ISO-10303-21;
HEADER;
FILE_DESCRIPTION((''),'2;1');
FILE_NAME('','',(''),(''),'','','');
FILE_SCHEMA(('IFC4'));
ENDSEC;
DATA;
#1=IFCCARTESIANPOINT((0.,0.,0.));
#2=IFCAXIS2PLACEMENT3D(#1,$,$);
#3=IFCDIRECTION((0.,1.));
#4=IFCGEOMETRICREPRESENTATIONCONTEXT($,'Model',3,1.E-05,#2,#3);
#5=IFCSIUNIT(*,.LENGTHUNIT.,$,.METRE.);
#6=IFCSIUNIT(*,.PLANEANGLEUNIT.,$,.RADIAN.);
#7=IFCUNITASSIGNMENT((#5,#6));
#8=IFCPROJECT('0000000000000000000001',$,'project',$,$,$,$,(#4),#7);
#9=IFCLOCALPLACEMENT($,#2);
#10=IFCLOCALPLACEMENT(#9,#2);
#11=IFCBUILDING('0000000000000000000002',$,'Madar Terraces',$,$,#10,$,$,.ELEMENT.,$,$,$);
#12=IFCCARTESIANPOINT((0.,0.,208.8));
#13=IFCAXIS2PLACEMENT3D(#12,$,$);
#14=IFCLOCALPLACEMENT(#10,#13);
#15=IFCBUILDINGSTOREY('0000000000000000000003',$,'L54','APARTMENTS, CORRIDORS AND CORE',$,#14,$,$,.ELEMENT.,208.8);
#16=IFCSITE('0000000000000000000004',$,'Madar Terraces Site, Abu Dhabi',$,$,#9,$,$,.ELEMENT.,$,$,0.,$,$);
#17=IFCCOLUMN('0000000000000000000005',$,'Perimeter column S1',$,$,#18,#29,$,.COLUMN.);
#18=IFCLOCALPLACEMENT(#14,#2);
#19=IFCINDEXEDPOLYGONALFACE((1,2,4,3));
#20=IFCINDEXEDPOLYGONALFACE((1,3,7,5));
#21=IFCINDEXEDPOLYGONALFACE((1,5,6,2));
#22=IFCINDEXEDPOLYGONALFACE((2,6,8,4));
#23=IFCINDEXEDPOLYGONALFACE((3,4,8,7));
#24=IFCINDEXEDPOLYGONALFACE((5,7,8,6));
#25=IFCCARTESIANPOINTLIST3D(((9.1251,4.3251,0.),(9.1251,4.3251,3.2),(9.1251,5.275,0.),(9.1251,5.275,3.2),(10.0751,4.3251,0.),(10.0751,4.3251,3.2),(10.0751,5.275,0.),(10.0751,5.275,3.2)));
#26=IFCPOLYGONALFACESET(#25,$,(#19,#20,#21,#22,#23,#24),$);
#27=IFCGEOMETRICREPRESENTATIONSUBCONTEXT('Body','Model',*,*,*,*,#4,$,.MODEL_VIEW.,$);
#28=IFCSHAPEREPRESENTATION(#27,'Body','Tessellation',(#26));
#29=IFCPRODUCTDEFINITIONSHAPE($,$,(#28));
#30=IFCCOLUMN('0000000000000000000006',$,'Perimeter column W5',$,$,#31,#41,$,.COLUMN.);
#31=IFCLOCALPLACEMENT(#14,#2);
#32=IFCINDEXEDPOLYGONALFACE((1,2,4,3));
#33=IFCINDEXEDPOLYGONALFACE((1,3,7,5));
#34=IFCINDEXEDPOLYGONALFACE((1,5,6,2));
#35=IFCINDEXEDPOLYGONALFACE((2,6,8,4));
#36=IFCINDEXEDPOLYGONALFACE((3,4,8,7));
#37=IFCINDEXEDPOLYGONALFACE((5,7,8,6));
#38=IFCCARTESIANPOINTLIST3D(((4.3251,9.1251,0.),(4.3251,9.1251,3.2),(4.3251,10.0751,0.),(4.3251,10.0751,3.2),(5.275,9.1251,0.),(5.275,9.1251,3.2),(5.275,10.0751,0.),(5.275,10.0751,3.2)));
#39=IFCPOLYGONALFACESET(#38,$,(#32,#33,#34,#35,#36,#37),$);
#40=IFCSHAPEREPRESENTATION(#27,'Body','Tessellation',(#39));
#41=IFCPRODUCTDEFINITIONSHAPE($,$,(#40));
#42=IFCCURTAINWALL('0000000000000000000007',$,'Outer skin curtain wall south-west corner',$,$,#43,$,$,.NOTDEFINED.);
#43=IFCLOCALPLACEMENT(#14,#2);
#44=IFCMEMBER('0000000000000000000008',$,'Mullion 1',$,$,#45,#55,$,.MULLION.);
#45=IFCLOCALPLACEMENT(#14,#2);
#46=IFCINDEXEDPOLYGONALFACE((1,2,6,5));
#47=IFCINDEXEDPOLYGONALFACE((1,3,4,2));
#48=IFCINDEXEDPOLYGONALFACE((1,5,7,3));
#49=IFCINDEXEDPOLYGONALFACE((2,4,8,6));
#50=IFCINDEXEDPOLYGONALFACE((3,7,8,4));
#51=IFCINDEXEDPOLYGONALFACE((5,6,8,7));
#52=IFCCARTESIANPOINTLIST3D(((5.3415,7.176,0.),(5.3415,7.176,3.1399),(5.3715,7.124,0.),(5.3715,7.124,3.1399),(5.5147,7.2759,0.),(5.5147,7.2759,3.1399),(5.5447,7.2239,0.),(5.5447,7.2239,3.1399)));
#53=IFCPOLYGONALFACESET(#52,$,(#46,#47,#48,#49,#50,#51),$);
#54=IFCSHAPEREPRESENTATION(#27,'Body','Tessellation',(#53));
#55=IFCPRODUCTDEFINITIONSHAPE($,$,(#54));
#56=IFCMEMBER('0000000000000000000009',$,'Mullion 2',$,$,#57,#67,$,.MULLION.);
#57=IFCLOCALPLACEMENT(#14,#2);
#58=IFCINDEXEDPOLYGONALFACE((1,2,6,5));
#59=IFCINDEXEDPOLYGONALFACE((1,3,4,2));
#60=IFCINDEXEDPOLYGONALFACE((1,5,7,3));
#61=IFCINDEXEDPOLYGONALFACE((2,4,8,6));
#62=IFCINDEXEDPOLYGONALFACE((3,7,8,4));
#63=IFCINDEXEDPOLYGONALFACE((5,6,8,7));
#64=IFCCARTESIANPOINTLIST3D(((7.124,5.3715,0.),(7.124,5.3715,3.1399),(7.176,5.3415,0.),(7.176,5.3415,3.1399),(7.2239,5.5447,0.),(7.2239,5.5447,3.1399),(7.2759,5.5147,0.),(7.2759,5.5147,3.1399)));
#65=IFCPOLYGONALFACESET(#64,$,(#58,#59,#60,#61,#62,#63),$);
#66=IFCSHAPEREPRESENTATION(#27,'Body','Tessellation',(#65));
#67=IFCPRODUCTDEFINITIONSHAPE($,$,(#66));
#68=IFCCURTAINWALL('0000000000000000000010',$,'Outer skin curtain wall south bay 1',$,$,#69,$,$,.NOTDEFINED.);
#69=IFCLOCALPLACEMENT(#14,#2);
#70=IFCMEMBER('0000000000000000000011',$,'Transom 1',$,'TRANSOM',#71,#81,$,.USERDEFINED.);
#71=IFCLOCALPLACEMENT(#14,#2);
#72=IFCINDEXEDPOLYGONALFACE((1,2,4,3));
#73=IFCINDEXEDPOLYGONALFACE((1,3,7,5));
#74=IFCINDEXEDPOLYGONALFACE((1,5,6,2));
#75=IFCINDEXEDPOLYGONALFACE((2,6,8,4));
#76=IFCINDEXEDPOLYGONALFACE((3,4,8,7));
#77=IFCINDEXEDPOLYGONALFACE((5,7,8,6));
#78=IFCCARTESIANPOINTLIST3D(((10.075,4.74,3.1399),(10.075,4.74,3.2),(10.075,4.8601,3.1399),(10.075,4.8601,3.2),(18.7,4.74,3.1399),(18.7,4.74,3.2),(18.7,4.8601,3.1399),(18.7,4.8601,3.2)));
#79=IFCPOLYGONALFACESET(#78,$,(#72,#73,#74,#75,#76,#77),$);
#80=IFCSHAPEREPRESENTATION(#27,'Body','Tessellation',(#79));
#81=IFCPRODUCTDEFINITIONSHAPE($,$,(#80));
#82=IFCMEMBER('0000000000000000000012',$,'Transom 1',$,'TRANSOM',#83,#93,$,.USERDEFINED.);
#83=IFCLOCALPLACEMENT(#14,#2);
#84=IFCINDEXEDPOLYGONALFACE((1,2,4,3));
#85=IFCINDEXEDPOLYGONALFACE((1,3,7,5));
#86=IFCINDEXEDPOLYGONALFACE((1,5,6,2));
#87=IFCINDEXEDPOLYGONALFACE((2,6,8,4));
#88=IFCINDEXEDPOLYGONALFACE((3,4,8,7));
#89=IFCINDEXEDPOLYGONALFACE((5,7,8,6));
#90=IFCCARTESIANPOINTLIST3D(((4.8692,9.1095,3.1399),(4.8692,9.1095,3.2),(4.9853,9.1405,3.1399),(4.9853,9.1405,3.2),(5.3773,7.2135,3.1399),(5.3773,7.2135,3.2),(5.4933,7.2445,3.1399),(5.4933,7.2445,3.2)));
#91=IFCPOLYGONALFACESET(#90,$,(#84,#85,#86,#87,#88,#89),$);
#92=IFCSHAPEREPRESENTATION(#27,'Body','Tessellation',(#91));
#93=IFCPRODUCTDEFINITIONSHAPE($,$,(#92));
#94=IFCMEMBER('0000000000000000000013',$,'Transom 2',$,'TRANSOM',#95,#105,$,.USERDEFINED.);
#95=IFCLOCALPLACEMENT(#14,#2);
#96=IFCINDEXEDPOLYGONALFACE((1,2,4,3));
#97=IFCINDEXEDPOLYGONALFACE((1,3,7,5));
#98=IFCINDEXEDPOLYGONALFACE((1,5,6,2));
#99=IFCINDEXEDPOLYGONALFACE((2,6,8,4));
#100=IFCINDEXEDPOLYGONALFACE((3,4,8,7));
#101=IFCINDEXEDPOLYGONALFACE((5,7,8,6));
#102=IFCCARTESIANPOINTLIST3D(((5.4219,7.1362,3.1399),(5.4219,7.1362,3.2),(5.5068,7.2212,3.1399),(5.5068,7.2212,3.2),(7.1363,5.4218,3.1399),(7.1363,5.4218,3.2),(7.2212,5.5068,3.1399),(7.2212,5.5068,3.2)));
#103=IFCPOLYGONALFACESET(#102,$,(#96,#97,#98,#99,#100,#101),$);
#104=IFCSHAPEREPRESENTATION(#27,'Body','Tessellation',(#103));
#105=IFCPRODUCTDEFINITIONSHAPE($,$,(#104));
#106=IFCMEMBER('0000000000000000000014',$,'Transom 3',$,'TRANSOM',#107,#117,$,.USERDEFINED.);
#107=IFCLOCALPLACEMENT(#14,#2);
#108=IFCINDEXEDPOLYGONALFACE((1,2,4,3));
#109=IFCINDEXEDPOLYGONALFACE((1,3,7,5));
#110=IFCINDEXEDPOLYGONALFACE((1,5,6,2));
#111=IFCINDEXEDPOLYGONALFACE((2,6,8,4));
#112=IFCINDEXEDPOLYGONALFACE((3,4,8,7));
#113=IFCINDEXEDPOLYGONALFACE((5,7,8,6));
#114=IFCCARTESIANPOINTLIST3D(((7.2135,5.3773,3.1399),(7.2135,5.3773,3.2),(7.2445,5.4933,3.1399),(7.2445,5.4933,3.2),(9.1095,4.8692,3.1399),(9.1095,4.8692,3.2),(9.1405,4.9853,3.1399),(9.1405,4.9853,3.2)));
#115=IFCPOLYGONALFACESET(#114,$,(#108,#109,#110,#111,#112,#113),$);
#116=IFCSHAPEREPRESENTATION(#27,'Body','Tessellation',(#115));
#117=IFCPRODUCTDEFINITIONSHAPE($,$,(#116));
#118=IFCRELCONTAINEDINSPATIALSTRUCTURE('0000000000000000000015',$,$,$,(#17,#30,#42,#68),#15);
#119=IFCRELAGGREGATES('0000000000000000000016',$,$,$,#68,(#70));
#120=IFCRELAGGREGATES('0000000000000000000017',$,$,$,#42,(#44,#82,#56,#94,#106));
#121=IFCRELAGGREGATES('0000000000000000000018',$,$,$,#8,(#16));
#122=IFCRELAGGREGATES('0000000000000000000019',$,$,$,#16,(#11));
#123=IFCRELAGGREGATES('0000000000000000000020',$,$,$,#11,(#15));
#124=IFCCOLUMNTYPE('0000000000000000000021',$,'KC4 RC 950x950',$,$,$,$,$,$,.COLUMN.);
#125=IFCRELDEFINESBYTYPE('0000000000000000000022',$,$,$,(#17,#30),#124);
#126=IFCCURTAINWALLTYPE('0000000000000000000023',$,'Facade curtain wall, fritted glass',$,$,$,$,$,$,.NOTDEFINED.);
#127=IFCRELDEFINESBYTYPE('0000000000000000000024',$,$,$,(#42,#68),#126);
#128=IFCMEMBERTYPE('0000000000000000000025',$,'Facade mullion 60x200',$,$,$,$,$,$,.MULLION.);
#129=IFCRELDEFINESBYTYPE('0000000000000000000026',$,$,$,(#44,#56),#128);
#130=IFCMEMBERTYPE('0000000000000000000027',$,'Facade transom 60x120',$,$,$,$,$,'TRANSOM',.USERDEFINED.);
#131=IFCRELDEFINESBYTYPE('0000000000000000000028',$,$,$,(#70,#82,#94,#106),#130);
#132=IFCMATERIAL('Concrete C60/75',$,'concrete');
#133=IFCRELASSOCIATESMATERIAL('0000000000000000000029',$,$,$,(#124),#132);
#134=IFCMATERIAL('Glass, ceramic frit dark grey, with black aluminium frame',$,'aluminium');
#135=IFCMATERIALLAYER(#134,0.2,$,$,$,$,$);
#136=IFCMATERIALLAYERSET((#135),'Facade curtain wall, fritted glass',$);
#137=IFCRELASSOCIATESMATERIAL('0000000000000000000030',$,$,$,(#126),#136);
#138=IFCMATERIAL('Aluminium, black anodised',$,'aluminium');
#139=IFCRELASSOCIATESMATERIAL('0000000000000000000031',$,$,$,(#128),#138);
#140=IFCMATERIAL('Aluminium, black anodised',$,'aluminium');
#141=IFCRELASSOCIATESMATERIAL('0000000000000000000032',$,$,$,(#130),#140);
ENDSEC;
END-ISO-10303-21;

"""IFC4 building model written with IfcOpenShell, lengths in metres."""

from ifc_helpers import new_model, si_unit, direction, frame, origin, origin_2d, place, context, subcontext, project, spatial, rectangle, extrude, material, layer, layer_set, material_profile, profile_set, type_object, element, aggregate, save


model = new_model("IFC4")

# Units and contexts
model_context = context("Model", 3, precision=1e-05, world=origin(), true_north=direction((0.0, 1.0)))
body_context = subcontext(model_context, "Body", "Model", "MODEL_VIEW")
ifc_project = project(units=[si_unit("LENGTHUNIT", "METRE"), si_unit("PLANEANGLEUNIT", "RADIAN")], contexts=[model_context])

# Site, building, storey
site_placement = place(None, origin())
site = spatial("IfcSite", under=ifc_project, at=site_placement, Name="Madar Terraces Site, Abu Dhabi", CompositionType="ELEMENT", RefElevation=0.0)
building_placement = place(site_placement, origin())
building = spatial("IfcBuilding", under=site, at=building_placement, Name="Madar Terraces", CompositionType="ELEMENT")
storey_placement = place(building_placement, frame((0.0, 0.0, 208.8)))
storey = spatial("IfcBuildingStorey", under=building, at=storey_placement, Name="L54", Description="APARTMENTS, CORRIDORS AND CORE", CompositionType="ELEMENT", Elevation=208.8)

# Columns
ifc_material_1 = material(Name="Concrete C60/75", Category="concrete")
ifc_material_profile_1 = material_profile(ifc_material_1, rectangle(XDim=0.95, YDim=0.95, at=origin_2d()), Name="KC4 RC 950x950")
ifc_profile_set_1 = profile_set([ifc_material_profile_1], Name="Concrete C60/75")
column_type = type_object("IfcColumnType", Name="KC4 RC 950x950", PredefinedType="COLUMN", material=ifc_profile_set_1)
for number, where, z_axis, x_axis, name in (
    (1, (9.6001, 4.8, 0.0), (0.0, 0.0, 1.0), (1.0, 0.0, 0.0), "Perimeter column S1"),
    (2, (4.8, 9.6001, 0.0), (0.0, 0.0, 1.0), (1.0, 0.0, 0.0), "Perimeter column W5"),
):
    element("IfcColumn", number, at=place(storey_placement, frame(where, z_axis=z_axis, x_axis=x_axis)), inside=storey, type_object=column_type, Name=name, PredefinedType="COLUMN", context=body_context, shape_type="SweptSolid", body=[
        extrude(rectangle(XDim=0.95, YDim=0.95, at=origin_2d()), origin(), (0.0, 0.0, 1.0), 3.2),
    ])

# Curtain wall, members
ifc_material_2 = material(Name="Glass, ceramic frit dark grey, with black aluminium frame", Category="aluminium")
ifc_layer_1 = layer(ifc_material_2, 0.2)
ifc_layer_set_1 = layer_set([ifc_layer_1], Name="Facade curtain wall, fritted glass")
curtain_wall_type = type_object("IfcCurtainWallType", Name="Facade curtain wall, fritted glass", PredefinedType="NOTDEFINED", material=ifc_layer_set_1)
curtain_wall_1_placement = place(storey_placement, origin())
curtain_wall_1 = element("IfcCurtainWall", 3, at=curtain_wall_1_placement, inside=storey, type_object=curtain_wall_type, Name="Outer skin curtain wall south-west corner", PredefinedType="NOTDEFINED")
ifc_material_3 = material(Name="Aluminium, black anodised", Category="aluminium")
ifc_material_profile_2 = material_profile(ifc_material_3, rectangle(XDim=0.2, YDim=0.0601, at=origin_2d()), Name="Facade mullion 60x200")
ifc_profile_set_2 = profile_set([ifc_material_profile_2], Name="Aluminium, black anodised")
member_type_1 = type_object("IfcMemberType", Name="Facade mullion 60x200", PredefinedType="MULLION", material=ifc_profile_set_2)
member_1_placement = place(storey_placement, frame((5.4431, 7.2, 0.0), z_axis=(0.0, 0.0, 1.0), x_axis=(0.866025, 0.5, 0.0)))
member_1 = element("IfcMember", 4, at=member_1_placement, type_object=member_type_1, Name="Mullion 1", PredefinedType="MULLION", context=body_context, shape_type="SweptSolid", body=[
    extrude(rectangle(XDim=0.2, YDim=0.0601, at=origin_2d()), origin(), (0.0, 0.0, 1.0), 3.1399),
])
member_2_placement = place(storey_placement, frame((7.2, 5.4431, 0.0), z_axis=(0.0, 0.0, 1.0), x_axis=(0.5, 0.866025, 0.0)))
member_2 = element("IfcMember", 5, at=member_2_placement, type_object=member_type_1, Name="Mullion 2", PredefinedType="MULLION", context=body_context, shape_type="SweptSolid", body=[
    extrude(rectangle(XDim=0.2, YDim=0.0601, at=origin_2d()), origin(), (0.0, 0.0, 1.0), 3.1399),
])

# Curtain wall, member
curtain_wall_2_placement = place(storey_placement, origin())
curtain_wall_2 = element("IfcCurtainWall", 6, at=curtain_wall_2_placement, inside=storey, type_object=curtain_wall_type, Name="Outer skin curtain wall south bay 1", PredefinedType="NOTDEFINED")
ifc_material_4 = material(Name="Aluminium, black anodised", Category="aluminium")
ifc_material_profile_3 = material_profile(ifc_material_4, rectangle(XDim=0.1201, YDim=0.0601, at=origin_2d()), Name="Facade transom 60x120")
ifc_profile_set_3 = profile_set([ifc_material_profile_3], Name="Aluminium, black anodised")
member_type_2 = type_object("IfcMemberType", Name="Facade transom 60x120", ElementType="TRANSOM", PredefinedType="USERDEFINED", material=ifc_profile_set_3)
member_3_placement = place(storey_placement, frame((10.075, 4.8, 3.1699), z_axis=(1.0, 0.0, 0.0), x_axis=(0.0, 1.0, 0.0)))
member_3 = element("IfcMember", 7, at=member_3_placement, type_object=member_type_2, Name="Transom 1", ObjectType="TRANSOM", PredefinedType="USERDEFINED", context=body_context, shape_type="SweptSolid", body=[
    extrude(rectangle(XDim=0.1201, YDim=0.0601, at=origin_2d()), origin(), (0.0, 0.0, 1.0), 8.625),
])

# Members
member_4_placement = place(storey_placement, frame((4.9272, 9.125, 3.1699), z_axis=(0.258831, -0.965923, 0.0), x_axis=(0.965923, 0.258831, 0.0)))
member_4 = element("IfcMember", 8, at=member_4_placement, type_object=member_type_2, Name="Transom 1", ObjectType="TRANSOM", PredefinedType="USERDEFINED", context=body_context, shape_type="SweptSolid", body=[
    extrude(rectangle(XDim=0.1201, YDim=0.0601, at=origin_2d()), origin(), (0.0, 0.0, 1.0), 1.9629),
])
member_5_placement = place(storey_placement, frame((5.4644, 7.1787, 3.1699), z_axis=(0.707107, -0.707107, 0.0), x_axis=(0.707107, 0.707107, 0.0)))
member_5 = element("IfcMember", 9, at=member_5_placement, type_object=member_type_2, Name="Transom 2", ObjectType="TRANSOM", PredefinedType="USERDEFINED", context=body_context, shape_type="SweptSolid", body=[
    extrude(rectangle(XDim=0.1201, YDim=0.0601, at=origin_2d()), origin(), (0.0, 0.0, 1.0), 2.4246),
])
member_6_placement = place(storey_placement, frame((7.229, 5.4353, 3.1699), z_axis=(0.965923, -0.258831, 0.0), x_axis=(0.258831, 0.965923, 0.0)))
member_6 = element("IfcMember", 10, at=member_6_placement, type_object=member_type_2, Name="Transom 3", ObjectType="TRANSOM", PredefinedType="USERDEFINED", context=body_context, shape_type="SweptSolid", body=[
    extrude(rectangle(XDim=0.1201, YDim=0.0601, at=origin_2d()), origin(), (0.0, 0.0, 1.0), 1.9629),
])

aggregate(curtain_wall_2, [member_3])
aggregate(curtain_wall_1, [member_1, member_4, member_2, member_5, member_6])

save(model, "model.ifc")
